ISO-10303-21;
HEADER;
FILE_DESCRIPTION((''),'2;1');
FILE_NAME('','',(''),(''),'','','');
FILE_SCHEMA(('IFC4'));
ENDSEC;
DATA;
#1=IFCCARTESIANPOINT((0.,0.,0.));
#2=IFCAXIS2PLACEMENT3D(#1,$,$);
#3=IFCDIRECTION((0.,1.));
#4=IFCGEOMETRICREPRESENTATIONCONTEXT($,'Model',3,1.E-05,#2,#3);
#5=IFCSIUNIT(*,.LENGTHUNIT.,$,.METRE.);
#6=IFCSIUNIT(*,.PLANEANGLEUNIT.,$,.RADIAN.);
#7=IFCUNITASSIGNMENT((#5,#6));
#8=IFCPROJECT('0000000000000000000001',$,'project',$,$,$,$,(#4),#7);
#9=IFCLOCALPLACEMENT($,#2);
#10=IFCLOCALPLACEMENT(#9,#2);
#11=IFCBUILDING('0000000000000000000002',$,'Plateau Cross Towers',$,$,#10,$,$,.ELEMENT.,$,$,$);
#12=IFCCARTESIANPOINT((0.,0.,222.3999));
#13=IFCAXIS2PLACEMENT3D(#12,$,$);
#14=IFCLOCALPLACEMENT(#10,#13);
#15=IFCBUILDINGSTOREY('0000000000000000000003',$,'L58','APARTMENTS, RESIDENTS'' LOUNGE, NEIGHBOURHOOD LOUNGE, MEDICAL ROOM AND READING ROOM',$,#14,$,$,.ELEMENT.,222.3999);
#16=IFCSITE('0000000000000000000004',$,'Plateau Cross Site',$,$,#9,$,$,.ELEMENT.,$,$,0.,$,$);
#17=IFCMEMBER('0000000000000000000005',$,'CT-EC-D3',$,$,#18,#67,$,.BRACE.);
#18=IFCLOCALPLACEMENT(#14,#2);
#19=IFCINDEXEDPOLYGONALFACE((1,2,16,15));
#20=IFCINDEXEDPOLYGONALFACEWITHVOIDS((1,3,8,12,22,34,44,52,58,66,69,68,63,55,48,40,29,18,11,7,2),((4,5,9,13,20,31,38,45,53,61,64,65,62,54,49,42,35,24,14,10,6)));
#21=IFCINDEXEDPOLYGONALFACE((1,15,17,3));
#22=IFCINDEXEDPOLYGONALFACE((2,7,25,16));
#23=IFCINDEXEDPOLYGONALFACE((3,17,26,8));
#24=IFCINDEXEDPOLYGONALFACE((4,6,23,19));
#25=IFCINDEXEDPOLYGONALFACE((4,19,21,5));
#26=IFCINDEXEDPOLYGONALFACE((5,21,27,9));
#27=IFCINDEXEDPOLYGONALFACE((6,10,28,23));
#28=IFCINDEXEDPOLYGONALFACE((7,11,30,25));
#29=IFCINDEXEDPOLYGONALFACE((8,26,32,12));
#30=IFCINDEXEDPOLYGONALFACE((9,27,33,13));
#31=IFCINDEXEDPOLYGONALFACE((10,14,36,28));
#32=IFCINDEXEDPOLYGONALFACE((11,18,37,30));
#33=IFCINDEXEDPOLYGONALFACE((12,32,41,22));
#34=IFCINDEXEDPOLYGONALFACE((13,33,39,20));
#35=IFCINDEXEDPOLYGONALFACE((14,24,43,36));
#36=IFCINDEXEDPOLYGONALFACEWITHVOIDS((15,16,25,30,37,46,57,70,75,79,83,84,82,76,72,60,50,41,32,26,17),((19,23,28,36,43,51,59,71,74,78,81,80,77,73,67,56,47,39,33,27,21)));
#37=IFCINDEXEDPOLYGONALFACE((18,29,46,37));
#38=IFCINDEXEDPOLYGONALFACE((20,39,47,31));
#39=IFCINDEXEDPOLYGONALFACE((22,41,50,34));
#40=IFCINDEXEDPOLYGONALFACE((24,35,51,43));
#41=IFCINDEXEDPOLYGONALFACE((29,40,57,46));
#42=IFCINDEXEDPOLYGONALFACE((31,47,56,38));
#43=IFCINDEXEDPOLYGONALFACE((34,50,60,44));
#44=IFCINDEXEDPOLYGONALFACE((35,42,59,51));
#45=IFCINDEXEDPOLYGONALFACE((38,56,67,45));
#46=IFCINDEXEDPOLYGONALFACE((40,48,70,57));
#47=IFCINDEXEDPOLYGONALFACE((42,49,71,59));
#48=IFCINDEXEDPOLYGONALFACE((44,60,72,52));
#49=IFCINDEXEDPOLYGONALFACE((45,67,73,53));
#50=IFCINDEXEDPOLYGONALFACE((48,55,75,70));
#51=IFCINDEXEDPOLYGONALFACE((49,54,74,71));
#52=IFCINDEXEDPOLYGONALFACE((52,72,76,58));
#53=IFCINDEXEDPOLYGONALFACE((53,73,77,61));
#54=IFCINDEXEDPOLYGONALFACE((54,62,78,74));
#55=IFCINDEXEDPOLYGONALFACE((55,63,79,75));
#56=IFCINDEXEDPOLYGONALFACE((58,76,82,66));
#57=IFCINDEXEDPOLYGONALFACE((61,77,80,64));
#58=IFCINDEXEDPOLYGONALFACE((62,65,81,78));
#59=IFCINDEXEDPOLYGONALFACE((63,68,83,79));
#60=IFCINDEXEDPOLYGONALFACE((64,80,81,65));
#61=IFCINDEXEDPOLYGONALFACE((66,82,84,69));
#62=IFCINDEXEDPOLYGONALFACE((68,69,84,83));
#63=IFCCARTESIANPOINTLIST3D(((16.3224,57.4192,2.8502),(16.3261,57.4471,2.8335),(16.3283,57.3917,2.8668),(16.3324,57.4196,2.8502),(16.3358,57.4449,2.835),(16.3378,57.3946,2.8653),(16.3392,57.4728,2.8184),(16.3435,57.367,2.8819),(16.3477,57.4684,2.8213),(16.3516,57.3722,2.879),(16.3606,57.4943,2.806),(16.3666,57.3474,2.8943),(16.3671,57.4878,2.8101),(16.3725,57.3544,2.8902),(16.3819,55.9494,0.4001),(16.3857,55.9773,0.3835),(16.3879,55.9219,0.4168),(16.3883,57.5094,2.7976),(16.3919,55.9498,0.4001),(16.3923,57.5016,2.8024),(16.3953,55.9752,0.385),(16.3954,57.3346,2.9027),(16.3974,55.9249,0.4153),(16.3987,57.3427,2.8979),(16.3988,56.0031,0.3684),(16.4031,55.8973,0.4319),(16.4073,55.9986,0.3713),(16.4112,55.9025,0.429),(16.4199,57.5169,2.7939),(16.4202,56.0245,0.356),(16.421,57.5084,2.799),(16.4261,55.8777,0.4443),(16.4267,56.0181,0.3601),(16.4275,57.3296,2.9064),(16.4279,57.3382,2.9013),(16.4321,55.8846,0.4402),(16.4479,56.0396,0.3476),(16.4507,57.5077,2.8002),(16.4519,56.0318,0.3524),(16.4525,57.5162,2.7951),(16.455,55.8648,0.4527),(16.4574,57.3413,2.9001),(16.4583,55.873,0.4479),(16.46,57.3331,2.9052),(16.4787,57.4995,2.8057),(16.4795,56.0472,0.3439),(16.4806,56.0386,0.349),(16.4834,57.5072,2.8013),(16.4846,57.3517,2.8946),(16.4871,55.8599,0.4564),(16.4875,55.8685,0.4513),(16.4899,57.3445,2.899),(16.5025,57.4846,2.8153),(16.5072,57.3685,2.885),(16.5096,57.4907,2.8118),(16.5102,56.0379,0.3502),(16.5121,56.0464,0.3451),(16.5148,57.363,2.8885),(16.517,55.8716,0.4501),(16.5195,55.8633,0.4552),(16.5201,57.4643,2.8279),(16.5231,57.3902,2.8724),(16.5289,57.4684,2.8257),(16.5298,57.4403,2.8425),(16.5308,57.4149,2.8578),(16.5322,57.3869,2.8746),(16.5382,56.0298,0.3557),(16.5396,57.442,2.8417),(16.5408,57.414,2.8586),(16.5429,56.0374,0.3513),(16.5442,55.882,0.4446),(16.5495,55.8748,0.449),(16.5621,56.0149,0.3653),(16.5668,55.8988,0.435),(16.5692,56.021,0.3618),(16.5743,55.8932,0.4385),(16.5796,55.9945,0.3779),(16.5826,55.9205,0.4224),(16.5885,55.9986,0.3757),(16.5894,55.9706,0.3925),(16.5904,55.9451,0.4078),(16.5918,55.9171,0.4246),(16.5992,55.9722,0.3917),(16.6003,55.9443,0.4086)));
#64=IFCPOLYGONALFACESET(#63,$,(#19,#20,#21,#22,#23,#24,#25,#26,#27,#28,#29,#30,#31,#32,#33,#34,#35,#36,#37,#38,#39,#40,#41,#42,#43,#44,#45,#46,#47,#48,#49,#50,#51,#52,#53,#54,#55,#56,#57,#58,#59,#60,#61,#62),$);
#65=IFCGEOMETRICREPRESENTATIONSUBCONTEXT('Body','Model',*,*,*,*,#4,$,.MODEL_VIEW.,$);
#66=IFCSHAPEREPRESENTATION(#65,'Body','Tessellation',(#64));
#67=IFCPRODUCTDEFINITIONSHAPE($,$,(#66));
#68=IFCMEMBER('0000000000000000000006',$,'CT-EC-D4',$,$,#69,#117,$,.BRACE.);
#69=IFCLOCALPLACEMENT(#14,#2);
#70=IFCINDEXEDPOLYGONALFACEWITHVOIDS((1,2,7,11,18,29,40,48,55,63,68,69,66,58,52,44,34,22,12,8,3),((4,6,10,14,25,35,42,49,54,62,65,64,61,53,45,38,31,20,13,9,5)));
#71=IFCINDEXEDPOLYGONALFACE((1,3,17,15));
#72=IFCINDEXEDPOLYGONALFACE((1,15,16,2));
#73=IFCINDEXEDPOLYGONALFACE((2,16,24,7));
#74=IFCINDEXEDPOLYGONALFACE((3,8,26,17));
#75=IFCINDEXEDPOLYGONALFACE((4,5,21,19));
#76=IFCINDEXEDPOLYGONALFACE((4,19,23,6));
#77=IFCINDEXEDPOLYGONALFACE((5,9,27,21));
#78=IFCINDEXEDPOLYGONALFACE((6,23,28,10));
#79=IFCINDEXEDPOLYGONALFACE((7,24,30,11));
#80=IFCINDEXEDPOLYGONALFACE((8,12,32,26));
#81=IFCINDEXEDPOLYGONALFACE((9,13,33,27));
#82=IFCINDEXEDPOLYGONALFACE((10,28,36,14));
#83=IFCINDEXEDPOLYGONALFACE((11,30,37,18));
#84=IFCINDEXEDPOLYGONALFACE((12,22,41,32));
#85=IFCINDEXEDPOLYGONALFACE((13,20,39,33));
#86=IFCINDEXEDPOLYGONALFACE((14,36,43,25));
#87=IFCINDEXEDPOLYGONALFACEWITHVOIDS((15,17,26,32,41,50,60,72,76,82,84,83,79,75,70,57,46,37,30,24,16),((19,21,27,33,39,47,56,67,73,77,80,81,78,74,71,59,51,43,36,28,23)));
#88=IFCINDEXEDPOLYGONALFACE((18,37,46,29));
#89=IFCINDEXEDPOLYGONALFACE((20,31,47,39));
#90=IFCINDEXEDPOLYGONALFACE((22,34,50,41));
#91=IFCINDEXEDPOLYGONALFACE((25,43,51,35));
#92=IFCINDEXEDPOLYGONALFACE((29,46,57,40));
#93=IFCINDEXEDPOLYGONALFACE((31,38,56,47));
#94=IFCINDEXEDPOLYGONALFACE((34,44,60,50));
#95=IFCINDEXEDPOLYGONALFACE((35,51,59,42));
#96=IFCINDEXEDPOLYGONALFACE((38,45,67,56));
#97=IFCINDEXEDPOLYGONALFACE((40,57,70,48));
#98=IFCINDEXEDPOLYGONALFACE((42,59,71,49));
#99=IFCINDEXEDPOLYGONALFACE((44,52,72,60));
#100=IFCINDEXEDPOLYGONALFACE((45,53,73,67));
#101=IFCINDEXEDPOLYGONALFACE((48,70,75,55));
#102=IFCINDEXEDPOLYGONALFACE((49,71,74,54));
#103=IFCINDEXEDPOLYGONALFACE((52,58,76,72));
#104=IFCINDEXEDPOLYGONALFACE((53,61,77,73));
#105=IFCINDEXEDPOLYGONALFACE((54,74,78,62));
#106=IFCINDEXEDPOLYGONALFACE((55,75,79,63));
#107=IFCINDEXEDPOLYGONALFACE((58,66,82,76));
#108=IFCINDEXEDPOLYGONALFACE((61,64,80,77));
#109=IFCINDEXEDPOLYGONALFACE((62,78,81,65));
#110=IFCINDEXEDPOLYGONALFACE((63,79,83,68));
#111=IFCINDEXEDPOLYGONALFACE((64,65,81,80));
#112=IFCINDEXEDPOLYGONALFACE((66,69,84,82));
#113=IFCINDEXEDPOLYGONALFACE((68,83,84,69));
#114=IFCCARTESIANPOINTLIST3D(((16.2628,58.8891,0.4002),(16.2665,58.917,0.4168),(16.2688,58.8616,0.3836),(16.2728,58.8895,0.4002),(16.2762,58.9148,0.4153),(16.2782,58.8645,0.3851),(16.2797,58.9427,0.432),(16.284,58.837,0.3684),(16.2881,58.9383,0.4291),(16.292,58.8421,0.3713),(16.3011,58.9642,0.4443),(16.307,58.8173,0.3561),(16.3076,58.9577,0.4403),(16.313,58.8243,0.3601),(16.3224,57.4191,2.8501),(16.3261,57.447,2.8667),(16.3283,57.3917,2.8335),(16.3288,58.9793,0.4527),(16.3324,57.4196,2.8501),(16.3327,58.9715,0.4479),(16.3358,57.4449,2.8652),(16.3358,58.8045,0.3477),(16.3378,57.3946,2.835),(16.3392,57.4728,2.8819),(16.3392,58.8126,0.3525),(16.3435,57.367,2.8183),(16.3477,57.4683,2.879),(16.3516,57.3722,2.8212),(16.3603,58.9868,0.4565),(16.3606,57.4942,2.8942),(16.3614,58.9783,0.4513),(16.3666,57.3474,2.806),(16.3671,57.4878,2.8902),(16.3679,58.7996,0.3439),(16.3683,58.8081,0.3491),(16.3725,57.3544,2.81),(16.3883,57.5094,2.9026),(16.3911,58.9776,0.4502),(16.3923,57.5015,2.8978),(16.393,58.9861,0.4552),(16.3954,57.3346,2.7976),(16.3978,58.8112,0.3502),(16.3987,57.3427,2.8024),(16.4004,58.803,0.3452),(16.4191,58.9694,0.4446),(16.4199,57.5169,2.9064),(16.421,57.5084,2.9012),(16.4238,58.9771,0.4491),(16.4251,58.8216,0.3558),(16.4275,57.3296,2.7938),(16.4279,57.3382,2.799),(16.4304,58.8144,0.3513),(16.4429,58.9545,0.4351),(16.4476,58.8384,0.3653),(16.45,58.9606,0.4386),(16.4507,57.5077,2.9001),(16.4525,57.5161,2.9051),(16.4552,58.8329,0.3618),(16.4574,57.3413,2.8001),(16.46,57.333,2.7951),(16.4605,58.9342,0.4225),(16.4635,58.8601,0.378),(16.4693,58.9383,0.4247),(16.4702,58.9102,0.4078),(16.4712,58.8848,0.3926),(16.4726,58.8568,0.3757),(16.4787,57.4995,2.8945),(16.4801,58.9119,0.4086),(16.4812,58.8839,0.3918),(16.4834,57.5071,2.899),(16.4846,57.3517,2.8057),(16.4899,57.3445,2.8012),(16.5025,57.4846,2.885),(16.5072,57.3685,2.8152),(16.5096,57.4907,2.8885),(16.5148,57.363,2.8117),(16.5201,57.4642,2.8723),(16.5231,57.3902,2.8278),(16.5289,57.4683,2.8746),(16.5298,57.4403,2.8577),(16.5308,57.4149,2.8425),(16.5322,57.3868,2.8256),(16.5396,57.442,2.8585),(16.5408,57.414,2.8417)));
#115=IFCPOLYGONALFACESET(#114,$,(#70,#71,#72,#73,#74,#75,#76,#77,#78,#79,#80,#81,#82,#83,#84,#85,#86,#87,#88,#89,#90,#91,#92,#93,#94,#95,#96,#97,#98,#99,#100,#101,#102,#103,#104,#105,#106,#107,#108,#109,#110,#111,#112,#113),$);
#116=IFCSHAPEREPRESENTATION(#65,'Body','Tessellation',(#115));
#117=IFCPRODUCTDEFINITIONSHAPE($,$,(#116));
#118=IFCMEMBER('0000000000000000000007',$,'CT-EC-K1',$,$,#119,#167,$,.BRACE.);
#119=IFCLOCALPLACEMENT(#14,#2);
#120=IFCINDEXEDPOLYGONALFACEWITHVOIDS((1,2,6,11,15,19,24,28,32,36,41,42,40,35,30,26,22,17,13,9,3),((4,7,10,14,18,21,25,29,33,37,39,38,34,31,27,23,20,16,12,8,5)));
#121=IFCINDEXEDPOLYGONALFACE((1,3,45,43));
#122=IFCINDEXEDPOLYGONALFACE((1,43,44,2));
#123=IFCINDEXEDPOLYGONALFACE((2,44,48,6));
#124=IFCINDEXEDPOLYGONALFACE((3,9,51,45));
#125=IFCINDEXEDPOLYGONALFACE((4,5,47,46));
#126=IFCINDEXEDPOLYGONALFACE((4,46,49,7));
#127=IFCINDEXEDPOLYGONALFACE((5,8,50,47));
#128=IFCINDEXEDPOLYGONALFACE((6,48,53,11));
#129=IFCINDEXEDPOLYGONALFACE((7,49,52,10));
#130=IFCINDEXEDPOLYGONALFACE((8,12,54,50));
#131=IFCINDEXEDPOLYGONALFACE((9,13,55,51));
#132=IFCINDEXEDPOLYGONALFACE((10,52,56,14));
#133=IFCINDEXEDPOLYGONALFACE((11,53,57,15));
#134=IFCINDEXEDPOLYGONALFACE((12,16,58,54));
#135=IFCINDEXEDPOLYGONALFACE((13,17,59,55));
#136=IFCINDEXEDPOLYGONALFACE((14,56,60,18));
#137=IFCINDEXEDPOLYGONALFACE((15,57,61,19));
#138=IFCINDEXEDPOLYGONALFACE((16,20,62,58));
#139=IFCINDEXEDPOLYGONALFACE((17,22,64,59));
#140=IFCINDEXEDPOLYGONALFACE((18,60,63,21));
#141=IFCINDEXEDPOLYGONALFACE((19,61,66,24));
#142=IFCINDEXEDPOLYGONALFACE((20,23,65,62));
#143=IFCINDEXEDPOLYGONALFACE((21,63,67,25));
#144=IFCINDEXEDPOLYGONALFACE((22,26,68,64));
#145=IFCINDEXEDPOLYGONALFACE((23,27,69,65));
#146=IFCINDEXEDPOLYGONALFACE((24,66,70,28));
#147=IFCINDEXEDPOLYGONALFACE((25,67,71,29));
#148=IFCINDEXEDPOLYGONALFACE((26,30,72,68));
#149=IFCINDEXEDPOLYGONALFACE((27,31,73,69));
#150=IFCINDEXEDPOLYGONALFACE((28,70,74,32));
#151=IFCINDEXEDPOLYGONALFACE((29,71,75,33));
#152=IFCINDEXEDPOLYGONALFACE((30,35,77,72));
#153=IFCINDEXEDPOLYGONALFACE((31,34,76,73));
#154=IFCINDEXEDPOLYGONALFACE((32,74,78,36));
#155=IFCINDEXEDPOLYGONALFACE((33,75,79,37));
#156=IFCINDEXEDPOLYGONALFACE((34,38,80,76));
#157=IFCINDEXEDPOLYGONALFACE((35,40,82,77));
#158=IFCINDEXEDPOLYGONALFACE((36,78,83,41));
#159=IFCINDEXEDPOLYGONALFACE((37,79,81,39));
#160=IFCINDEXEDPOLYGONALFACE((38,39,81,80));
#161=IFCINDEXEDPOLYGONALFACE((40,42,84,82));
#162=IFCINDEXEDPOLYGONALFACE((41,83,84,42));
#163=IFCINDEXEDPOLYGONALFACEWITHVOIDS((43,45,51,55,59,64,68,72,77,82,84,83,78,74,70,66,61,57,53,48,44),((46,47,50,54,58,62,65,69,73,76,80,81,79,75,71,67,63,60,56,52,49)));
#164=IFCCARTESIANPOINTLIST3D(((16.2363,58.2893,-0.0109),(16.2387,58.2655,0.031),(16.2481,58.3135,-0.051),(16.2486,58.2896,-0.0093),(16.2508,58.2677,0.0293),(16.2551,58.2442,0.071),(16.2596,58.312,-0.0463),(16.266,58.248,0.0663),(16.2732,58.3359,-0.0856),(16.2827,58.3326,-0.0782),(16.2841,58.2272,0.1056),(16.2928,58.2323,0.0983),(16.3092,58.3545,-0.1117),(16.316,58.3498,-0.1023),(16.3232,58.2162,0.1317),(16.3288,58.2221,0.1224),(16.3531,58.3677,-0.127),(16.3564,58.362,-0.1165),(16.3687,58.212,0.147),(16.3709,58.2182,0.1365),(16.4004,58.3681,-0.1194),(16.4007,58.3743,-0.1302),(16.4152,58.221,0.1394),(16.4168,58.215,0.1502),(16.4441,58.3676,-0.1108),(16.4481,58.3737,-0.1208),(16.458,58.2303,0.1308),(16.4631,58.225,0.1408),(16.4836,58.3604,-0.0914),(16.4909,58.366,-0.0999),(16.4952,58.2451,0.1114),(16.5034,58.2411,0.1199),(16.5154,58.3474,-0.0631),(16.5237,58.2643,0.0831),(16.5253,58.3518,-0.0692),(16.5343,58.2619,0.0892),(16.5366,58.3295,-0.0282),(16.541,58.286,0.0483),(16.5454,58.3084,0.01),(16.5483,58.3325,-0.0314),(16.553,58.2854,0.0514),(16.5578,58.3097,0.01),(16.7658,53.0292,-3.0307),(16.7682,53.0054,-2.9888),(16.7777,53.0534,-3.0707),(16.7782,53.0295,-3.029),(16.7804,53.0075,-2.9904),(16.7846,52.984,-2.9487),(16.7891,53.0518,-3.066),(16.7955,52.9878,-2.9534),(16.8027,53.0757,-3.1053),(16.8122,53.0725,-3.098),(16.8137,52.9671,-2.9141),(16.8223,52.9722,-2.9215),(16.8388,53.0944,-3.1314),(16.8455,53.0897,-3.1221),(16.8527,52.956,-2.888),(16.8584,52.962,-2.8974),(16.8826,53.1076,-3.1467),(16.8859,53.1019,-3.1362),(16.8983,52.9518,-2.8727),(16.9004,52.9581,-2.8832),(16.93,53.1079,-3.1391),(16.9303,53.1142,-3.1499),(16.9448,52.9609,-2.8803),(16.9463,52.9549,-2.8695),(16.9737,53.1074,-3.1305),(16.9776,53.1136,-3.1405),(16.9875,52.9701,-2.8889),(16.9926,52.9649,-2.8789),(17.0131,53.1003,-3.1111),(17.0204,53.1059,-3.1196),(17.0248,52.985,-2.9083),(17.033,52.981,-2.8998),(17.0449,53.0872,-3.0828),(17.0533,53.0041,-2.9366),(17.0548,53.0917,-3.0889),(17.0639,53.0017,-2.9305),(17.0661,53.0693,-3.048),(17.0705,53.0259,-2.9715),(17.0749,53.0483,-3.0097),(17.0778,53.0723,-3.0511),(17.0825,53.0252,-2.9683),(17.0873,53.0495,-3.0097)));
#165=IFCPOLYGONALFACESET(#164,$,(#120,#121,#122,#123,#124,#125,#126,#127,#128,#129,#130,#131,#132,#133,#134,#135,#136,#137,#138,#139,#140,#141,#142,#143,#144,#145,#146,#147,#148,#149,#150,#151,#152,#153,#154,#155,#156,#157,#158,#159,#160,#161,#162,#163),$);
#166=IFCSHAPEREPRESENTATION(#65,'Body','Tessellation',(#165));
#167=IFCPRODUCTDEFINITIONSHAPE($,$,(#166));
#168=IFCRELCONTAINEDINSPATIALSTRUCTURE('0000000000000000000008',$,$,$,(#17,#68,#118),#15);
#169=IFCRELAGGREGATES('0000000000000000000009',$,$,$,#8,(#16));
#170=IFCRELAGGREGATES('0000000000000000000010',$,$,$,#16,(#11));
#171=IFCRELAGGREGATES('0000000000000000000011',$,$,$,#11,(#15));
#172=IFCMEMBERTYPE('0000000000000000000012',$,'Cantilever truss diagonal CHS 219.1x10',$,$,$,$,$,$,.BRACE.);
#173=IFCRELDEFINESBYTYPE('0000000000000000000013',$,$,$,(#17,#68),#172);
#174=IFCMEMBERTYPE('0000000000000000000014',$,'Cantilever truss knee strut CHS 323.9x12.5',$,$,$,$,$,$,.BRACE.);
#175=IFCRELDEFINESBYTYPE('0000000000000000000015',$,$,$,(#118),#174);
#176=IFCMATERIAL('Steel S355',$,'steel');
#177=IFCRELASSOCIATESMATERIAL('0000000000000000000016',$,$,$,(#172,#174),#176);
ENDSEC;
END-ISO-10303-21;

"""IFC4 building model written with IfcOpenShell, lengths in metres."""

from ifc_helpers import new_model, si_unit, direction, frame, origin, origin_2d, place, context, subcontext, project, spatial, hollow_circle, extrude, material, material_profile, profile_set, type_object, element, save


model = new_model("IFC4")

# Units and contexts
model_context = context("Model", 3, precision=1e-05, world=origin(), true_north=direction((0.0, 1.0)))
body_context = subcontext(model_context, "Body", "Model", "MODEL_VIEW")
ifc_project = project(units=[si_unit("LENGTHUNIT", "METRE"), si_unit("PLANEANGLEUNIT", "RADIAN")], contexts=[model_context])

# Site, building, storey
site_placement = place(None, origin())
site = spatial("IfcSite", under=ifc_project, at=site_placement, Name="Plateau Cross Site", CompositionType="ELEMENT", RefElevation=0.0)
building_placement = place(site_placement, origin())
building = spatial("IfcBuilding", under=site, at=building_placement, Name="Plateau Cross Towers", CompositionType="ELEMENT")
storey_placement = place(building_placement, frame((0.0, 0.0, 222.3999)))
storey = spatial("IfcBuildingStorey", under=building, at=storey_placement, Name="L58", Description="APARTMENTS, RESIDENTS' LOUNGE, NEIGHBOURHOOD LOUNGE, MEDICAL ROOM AND READING ROOM", CompositionType="ELEMENT", Elevation=222.3999)

# Members
ifc_material_1 = material(Name="Steel S355", Category="steel")
ifc_material_profile_1 = material_profile(ifc_material_1, hollow_circle(Radius=0.1096, WallThickness=0.01, at=origin_2d()), Name="CHS 219.1x10")
ifc_profile_set_1 = profile_set([ifc_material_profile_1], Name="Steel S355")
member_type_1 = type_object("IfcMemberType", Name="Cantilever truss diagonal CHS 219.1x10", PredefinedType="BRACE", material=ifc_profile_set_1)
for number, where, z_axis, x_axis, name in (
    (1, (16.4915, 55.9539, 0.4001), (-0.020846, 0.514321, 0.857344), (-0.99918, -0.040498, 0.0), "CT-EC-D3"),
    (2, (16.4319, 57.4236, 2.8501), (-0.020845, 0.514384, -0.857307), (-0.99918, -0.040492, 0.0), "CT-EC-D4"),
):
    element("IfcMember", number, at=place(storey_placement, frame(where, z_axis=z_axis, x_axis=x_axis)), inside=storey, type_object=member_type_1, Name=name, PredefinedType="BRACE", context=body_context, shape_type="SweptSolid", body=[
        extrude(hollow_circle(Radius=0.1096, WallThickness=0.01, at=origin_2d()), origin(), (0.0, 0.0, 1.0), 2.8577),
    ])
ifc_material_profile_2 = material_profile(ifc_material_1, hollow_circle(Radius=0.1619, WallThickness=0.0125, at=origin_2d()), Name="CHS 323.9x12.5")
ifc_profile_set_2 = profile_set([ifc_material_profile_2], Name="Steel S355")
member_type_2 = type_object("IfcMemberType", Name="Cantilever truss knee strut CHS 323.9x12.5", PredefinedType="BRACE", material=ifc_profile_set_2)
member_1_placement = place(storey_placement, frame((16.3967, 58.2935, 0.01), z_axis=(0.086974, -0.863967, -0.495981), x_axis=(0.994971, 0.100162, 0.0)))
element("IfcMember", 3, at=member_1_placement, inside=storey, type_object=member_type_2, Name="CT-EC-K1", PredefinedType="BRACE", context=body_context, shape_type="SweptSolid", body=[
    extrude(hollow_circle(Radius=0.1619, WallThickness=0.0125, at=origin_2d()), origin(), (0.0, 0.0, 1.0), 6.0884),
])

save(model, "model.ifc")
